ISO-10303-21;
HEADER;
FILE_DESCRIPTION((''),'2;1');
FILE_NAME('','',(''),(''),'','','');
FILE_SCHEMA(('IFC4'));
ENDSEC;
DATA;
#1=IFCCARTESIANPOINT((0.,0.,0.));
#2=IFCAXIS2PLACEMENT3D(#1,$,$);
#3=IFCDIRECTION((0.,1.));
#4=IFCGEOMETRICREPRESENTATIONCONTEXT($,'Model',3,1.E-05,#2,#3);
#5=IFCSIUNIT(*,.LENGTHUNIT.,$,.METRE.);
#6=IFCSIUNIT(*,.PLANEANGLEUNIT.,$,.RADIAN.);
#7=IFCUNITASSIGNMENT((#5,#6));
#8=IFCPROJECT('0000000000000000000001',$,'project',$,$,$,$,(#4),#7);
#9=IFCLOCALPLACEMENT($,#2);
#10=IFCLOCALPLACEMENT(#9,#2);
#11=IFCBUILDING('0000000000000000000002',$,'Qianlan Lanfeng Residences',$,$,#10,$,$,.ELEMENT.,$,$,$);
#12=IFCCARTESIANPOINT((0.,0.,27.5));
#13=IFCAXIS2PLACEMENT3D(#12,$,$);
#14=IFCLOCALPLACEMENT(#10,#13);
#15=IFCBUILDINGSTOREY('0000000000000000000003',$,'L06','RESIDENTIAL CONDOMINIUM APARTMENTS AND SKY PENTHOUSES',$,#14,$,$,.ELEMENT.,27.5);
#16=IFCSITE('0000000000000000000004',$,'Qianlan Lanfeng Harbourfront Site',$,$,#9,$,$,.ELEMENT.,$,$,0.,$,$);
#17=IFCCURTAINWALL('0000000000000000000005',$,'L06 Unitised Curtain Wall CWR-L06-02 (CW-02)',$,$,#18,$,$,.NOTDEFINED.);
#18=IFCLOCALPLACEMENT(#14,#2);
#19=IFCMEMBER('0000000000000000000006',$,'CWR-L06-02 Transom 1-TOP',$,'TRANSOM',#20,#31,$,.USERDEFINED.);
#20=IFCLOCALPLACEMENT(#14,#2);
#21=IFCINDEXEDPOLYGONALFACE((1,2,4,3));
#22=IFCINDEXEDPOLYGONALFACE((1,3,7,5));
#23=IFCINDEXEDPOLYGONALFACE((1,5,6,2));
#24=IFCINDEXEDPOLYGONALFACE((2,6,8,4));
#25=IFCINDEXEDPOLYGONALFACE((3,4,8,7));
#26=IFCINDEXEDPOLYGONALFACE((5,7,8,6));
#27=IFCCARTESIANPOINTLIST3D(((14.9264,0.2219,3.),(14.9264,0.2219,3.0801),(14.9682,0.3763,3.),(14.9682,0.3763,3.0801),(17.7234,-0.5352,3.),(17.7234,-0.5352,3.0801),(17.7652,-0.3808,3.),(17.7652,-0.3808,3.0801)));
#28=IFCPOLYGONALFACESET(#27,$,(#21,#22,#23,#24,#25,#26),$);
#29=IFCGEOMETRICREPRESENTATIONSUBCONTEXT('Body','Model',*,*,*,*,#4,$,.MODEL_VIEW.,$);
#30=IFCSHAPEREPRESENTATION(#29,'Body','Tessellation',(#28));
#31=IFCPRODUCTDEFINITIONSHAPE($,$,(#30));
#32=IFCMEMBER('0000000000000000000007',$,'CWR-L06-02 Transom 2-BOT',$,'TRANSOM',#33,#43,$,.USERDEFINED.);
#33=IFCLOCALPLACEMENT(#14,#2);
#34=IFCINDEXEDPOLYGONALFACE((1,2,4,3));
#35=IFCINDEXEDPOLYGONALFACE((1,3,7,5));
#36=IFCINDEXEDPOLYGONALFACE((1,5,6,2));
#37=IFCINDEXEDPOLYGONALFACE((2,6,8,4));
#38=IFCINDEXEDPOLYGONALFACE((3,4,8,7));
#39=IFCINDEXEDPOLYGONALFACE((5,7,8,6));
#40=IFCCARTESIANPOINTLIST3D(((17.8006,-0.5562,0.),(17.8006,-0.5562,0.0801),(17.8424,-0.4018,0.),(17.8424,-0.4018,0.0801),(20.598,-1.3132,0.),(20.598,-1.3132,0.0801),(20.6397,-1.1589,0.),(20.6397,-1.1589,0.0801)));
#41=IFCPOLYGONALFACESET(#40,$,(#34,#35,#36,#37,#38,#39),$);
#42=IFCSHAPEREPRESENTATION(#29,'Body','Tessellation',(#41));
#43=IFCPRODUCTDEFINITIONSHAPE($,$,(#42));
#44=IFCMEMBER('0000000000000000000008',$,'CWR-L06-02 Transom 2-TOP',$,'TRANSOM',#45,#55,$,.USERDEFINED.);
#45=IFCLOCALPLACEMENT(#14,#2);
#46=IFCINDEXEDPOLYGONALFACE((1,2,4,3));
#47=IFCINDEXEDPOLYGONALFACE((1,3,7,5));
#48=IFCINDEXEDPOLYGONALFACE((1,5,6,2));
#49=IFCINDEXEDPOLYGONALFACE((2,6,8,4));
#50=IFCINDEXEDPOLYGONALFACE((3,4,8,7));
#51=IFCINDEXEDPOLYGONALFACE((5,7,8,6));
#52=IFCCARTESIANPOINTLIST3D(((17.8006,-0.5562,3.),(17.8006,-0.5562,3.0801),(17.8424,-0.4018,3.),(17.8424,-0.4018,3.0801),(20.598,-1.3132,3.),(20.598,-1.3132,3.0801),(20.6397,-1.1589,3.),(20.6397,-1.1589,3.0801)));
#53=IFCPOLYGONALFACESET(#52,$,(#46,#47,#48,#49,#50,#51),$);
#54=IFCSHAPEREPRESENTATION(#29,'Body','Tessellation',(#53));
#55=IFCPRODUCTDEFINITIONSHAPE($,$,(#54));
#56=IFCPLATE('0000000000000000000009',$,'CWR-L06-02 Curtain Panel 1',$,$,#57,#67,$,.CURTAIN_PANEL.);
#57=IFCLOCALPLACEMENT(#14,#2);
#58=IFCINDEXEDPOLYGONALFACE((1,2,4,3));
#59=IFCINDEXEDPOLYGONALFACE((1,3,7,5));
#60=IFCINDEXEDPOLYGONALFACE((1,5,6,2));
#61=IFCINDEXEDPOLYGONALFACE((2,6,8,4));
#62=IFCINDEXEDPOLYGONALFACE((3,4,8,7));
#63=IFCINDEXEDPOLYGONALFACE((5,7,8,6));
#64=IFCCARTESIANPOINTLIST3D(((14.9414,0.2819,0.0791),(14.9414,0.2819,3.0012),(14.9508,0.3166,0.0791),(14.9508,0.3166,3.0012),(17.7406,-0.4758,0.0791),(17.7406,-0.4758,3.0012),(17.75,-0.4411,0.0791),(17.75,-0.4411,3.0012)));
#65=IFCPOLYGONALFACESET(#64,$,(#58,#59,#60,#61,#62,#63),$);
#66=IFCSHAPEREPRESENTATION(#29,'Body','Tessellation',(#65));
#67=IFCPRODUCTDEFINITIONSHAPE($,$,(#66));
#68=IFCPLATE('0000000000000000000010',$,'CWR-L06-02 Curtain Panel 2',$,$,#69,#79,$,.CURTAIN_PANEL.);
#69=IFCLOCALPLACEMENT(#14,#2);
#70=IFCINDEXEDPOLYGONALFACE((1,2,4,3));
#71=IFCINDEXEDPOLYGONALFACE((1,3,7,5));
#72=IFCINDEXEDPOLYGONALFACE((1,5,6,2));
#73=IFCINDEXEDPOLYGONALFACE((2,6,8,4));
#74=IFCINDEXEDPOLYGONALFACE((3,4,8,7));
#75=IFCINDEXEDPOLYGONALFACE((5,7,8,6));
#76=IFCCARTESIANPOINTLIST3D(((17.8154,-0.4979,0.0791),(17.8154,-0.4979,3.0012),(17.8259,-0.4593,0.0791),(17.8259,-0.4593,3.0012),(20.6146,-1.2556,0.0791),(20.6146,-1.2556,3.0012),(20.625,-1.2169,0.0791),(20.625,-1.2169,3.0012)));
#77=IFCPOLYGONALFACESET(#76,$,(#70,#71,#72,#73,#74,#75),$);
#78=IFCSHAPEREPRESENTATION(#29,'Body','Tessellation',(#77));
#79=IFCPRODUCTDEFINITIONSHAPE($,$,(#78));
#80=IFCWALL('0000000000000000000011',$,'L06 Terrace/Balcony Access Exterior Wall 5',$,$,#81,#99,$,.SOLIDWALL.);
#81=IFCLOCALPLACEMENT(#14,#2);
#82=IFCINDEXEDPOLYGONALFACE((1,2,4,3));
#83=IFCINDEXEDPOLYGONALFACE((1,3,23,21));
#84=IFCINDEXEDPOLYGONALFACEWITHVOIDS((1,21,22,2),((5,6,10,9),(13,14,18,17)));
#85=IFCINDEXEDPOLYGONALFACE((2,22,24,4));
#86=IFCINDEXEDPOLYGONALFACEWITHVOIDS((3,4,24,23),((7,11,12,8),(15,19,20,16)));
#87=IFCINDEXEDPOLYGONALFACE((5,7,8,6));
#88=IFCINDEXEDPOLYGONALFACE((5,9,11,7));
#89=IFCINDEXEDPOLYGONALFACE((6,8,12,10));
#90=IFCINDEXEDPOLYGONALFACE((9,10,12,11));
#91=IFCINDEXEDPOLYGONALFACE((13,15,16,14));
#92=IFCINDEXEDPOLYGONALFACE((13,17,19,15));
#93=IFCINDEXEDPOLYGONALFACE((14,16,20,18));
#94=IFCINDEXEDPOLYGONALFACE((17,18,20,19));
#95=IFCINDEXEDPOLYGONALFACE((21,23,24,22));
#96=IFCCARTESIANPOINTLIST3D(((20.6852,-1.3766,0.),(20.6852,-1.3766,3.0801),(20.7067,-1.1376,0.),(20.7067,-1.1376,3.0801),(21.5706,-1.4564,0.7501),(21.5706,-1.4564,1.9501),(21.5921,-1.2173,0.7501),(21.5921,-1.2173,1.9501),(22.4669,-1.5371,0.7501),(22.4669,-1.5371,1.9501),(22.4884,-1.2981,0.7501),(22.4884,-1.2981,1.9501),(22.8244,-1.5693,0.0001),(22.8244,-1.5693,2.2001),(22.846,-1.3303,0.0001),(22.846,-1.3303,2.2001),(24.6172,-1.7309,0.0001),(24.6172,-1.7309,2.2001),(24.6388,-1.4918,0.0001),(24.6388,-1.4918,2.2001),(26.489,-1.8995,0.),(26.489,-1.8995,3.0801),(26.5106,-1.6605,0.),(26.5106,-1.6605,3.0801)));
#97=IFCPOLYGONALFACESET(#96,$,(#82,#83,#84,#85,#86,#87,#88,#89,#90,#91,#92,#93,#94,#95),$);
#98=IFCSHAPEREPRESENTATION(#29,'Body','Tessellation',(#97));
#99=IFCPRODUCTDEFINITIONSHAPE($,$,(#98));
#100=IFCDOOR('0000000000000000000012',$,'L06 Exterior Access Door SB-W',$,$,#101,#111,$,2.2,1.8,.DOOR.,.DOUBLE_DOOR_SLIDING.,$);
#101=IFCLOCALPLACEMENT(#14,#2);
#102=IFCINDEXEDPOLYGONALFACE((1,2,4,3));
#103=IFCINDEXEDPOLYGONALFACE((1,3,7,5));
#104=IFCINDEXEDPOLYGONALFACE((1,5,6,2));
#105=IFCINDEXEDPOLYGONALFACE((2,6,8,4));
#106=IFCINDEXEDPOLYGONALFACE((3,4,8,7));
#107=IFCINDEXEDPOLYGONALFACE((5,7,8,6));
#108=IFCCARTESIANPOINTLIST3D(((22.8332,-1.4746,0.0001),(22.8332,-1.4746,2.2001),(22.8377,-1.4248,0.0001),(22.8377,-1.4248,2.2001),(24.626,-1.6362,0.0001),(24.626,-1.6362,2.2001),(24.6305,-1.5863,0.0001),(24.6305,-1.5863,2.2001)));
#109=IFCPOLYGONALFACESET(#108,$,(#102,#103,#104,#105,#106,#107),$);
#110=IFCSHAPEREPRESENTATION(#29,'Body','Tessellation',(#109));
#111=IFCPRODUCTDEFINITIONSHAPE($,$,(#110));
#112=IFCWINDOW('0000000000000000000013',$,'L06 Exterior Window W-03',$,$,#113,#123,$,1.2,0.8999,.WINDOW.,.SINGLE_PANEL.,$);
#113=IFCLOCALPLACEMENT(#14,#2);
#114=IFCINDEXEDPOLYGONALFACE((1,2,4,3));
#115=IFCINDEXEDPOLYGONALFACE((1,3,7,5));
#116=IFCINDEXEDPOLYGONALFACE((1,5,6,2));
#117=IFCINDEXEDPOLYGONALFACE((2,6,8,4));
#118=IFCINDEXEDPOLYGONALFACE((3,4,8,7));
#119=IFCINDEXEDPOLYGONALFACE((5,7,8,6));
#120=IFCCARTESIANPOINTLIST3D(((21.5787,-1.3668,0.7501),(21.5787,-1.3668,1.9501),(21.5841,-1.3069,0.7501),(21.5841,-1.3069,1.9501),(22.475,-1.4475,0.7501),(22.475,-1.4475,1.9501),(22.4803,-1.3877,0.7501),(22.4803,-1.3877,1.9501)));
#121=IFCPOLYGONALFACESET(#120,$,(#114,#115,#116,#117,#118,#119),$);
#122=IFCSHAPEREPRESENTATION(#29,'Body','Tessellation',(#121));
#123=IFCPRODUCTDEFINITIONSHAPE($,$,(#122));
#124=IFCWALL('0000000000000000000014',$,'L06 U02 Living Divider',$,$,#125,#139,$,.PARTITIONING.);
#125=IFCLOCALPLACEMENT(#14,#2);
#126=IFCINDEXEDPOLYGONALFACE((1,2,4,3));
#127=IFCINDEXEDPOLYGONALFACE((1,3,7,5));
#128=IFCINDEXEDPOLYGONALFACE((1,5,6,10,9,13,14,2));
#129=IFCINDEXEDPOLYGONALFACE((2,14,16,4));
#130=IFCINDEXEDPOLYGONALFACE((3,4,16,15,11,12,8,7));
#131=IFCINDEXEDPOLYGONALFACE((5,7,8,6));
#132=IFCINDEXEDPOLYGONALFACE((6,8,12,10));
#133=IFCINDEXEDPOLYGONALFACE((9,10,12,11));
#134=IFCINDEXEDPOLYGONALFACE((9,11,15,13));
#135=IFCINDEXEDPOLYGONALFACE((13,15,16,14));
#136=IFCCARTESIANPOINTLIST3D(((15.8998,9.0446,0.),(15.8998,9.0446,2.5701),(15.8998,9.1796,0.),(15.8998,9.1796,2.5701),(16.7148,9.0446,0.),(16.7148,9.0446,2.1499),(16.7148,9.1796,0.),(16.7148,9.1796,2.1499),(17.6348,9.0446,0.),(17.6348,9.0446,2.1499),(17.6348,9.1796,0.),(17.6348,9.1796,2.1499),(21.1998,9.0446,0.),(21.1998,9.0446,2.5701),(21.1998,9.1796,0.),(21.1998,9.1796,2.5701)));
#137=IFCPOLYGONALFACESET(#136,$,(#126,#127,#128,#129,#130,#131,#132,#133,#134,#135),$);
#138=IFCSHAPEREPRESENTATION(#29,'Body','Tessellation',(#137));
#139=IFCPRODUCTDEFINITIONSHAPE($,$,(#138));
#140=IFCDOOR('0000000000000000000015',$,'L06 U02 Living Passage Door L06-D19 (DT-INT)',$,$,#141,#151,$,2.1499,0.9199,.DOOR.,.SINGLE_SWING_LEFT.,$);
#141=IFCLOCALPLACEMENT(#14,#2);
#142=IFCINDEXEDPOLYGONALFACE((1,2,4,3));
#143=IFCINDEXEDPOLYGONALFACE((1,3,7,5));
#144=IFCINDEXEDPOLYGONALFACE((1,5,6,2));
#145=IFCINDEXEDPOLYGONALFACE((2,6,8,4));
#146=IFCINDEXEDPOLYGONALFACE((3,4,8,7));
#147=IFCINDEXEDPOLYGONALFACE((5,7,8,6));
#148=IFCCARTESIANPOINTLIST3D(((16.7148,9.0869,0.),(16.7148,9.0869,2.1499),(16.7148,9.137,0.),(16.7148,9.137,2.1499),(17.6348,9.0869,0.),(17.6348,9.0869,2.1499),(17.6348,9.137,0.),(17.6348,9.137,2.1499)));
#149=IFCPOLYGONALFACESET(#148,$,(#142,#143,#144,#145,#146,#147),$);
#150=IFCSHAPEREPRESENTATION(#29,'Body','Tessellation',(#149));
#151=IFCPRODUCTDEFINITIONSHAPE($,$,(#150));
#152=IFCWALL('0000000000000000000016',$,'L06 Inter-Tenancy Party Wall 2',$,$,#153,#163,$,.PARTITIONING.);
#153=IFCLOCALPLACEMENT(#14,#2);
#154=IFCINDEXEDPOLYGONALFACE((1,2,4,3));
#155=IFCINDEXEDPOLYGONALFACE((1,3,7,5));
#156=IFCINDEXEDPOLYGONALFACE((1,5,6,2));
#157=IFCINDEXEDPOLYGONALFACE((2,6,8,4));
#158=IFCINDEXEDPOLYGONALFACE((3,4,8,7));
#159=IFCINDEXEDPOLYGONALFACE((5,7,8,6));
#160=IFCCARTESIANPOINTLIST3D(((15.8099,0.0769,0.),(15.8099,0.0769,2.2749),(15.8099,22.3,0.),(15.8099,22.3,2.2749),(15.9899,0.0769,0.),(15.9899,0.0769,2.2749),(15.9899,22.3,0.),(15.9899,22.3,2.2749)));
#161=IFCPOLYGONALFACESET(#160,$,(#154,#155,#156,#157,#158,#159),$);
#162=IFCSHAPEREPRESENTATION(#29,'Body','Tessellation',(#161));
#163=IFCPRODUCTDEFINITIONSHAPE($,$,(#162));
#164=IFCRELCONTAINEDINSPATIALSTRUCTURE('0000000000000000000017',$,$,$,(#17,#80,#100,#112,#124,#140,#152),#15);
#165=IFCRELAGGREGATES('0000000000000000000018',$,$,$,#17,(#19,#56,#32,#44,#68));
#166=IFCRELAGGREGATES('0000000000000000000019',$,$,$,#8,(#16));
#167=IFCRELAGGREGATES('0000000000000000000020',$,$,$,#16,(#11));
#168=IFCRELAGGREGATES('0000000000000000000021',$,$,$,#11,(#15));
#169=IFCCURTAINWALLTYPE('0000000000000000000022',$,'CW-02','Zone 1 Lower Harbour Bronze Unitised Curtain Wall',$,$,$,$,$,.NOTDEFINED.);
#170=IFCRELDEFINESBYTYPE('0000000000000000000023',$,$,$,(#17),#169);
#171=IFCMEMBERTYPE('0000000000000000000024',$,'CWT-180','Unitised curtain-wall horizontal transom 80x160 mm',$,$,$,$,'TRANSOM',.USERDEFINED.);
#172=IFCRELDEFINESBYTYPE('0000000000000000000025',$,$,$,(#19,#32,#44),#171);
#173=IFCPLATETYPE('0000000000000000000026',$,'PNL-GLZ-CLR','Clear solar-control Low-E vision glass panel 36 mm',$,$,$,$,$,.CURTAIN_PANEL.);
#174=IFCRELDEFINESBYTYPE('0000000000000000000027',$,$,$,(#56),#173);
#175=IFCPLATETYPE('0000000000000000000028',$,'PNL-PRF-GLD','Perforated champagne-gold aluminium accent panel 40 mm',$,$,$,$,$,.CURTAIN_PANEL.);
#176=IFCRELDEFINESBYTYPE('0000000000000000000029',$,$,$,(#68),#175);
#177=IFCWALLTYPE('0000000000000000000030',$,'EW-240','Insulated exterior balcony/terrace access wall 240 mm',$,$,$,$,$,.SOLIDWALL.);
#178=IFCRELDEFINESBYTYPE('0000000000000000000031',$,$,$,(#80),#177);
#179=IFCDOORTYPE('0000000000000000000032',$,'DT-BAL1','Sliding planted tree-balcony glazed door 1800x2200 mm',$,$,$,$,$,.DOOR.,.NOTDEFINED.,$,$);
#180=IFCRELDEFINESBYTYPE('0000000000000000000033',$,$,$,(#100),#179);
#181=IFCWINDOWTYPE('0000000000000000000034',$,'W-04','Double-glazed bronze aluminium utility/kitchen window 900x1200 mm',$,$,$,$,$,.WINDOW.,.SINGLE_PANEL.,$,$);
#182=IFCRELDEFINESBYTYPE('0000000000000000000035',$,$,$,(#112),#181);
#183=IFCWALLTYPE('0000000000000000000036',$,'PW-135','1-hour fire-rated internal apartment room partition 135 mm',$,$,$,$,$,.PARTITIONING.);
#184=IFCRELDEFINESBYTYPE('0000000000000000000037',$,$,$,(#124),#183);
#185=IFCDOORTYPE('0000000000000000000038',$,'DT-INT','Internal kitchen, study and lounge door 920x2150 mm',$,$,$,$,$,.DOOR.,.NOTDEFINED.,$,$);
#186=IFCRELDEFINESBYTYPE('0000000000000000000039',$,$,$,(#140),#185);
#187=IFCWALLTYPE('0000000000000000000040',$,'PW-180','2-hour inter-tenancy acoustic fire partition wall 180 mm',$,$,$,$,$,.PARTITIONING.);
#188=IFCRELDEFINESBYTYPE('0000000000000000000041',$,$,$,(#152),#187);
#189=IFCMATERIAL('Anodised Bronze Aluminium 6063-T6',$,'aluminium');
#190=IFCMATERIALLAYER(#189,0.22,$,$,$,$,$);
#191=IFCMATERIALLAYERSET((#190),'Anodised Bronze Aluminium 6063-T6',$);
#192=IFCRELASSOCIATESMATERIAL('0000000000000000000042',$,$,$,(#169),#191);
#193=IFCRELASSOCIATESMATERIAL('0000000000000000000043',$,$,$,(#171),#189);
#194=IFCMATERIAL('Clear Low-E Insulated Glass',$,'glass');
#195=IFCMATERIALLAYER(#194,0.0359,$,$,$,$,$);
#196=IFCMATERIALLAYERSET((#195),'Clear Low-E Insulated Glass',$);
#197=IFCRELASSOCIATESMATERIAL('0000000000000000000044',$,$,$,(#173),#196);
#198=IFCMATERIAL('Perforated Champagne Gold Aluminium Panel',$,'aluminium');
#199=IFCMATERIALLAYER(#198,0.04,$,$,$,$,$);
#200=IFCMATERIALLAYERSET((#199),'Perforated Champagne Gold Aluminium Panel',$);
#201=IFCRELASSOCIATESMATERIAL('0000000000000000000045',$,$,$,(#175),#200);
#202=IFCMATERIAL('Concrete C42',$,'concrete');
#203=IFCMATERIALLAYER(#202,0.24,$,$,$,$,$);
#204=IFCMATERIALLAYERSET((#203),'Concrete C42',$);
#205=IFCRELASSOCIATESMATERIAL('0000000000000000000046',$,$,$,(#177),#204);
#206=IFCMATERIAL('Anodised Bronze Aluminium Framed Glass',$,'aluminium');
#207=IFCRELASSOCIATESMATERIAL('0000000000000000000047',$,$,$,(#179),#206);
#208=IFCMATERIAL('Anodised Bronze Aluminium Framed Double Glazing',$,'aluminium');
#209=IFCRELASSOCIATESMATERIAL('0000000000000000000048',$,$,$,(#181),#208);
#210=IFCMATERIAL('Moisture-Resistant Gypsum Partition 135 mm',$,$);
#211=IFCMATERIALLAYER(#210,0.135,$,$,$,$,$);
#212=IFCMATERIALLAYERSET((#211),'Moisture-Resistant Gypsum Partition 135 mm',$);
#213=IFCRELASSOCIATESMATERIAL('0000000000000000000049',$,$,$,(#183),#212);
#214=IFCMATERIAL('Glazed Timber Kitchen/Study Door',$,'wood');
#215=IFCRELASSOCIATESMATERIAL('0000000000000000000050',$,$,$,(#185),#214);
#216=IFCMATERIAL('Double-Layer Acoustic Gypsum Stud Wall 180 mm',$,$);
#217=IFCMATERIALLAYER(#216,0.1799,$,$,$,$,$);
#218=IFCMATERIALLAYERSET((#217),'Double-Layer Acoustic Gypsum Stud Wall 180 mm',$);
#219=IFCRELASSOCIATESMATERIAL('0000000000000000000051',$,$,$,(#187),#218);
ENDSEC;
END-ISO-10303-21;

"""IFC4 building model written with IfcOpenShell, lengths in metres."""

from ifc_helpers import new_model, si_unit, direction, frame, frame_2d, origin, origin_2d, place, context, subcontext, project, spatial, rectangle, extrude, source, transform, mapped, material, layer, layer_set, material_profile, profile_set, type_object, element, fill, aggregate, save


model = new_model("IFC4")

# Units and contexts
model_context = context("Model", 3, precision=1e-05, world=origin(), true_north=direction((0.0, 1.0)))
body_context = subcontext(model_context, "Body", "Model", "MODEL_VIEW")
ifc_project = project(units=[si_unit("LENGTHUNIT", "METRE"), si_unit("PLANEANGLEUNIT", "RADIAN")], contexts=[model_context])

# Site, building, storey
site_placement = place(None, origin())
site = spatial("IfcSite", under=ifc_project, at=site_placement, Name="Qianlan Lanfeng Harbourfront Site", CompositionType="ELEMENT", RefElevation=0.0)
building_placement = place(site_placement, origin())
building = spatial("IfcBuilding", under=site, at=building_placement, Name="Qianlan Lanfeng Residences", CompositionType="ELEMENT")
storey_placement = place(building_placement, frame((0.0, 0.0, 27.5)))
storey = spatial("IfcBuildingStorey", under=building, at=storey_placement, Name="L06", Description="RESIDENTIAL CONDOMINIUM APARTMENTS AND SKY PENTHOUSES", CompositionType="ELEMENT", Elevation=27.5)

# Curtain wall, members, plates
ifc_material_1 = material(Name="Anodised Bronze Aluminium 6063-T6", Category="aluminium")
ifc_layer_1 = layer(ifc_material_1, 0.22)
ifc_layer_set_1 = layer_set([ifc_layer_1], Name="Anodised Bronze Aluminium 6063-T6")
curtain_wall_type = type_object("IfcCurtainWallType", Name="CW-02", Description="Zone 1 Lower Harbour Bronze Unitised Curtain Wall", PredefinedType="NOTDEFINED", material=ifc_layer_set_1)
curtain_wall_placement = place(storey_placement, origin())
curtain_wall = element("IfcCurtainWall", 1, at=curtain_wall_placement, inside=storey, type_object=curtain_wall_type, Name="L06 Unitised Curtain Wall CWR-L06-02 (CW-02)", PredefinedType="NOTDEFINED")
ifc_material_profile_1 = material_profile(ifc_material_1, rectangle(XDim=0.0801, YDim=0.1599, at=origin_2d()), Name="ALU TRANSOM 80x160")
ifc_profile_set_1 = profile_set([ifc_material_profile_1], Name="Anodised Bronze Aluminium 6063-T6")
member_type_1 = type_object("IfcMemberType", Name="CWT-180", Description="Unitised curtain-wall horizontal transom 80x160 mm", ElementType="TRANSOM", PredefinedType="USERDEFINED", material=ifc_profile_set_1)
shared_shape_1 = source(origin(), body_context, "Body", "SweptSolid", [
    extrude(rectangle(XDim=0.0801, YDim=0.1599, at=origin_2d()), origin(), (0.0, 0.0, 1.0), 2.8977),
])
member_1_placement = place(storey_placement, frame((14.9473, 0.2991, 3.04), z_axis=(0.965268, -0.261263, 0.0), x_axis=(0.0, 0.0, 1.0)))
member_1 = element("IfcMember", 2, at=member_1_placement, type_object=member_type_1, Name="CWR-L06-02 Transom 1-TOP", ObjectType="TRANSOM", PredefinedType="USERDEFINED", context=body_context, shape_type="MappedRepresentation", body=[
    mapped(shared_shape_1, transform((0.0, 0.0, 0.0), scale=1.0)),
])
shared_shape_2 = source(origin(), body_context, "Body", "SweptSolid", [
    extrude(rectangle(XDim=0.0801, YDim=0.1599, at=origin_2d()), origin(), (0.0, 0.0, 1.0), 2.8979),
])
member_2_placement = place(storey_placement, frame((17.8215, -0.479, 0.04), z_axis=(0.965273, -0.261242, 0.0), x_axis=(0.0, 0.0, 1.0)))
member_2 = element("IfcMember", 3, at=member_2_placement, type_object=member_type_1, Name="CWR-L06-02 Transom 2-BOT", ObjectType="TRANSOM", PredefinedType="USERDEFINED", context=body_context, shape_type="MappedRepresentation", body=[
    mapped(shared_shape_2, transform((0.0, 0.0, 0.0), scale=1.0)),
])
member_3_placement = place(storey_placement, frame((17.8215, -0.479, 3.04), z_axis=(0.965273, -0.261242, 0.0), x_axis=(0.0, 0.0, 1.0)))
member_3 = element("IfcMember", 4, at=member_3_placement, type_object=member_type_1, Name="CWR-L06-02 Transom 2-TOP", ObjectType="TRANSOM", PredefinedType="USERDEFINED", context=body_context, shape_type="MappedRepresentation", body=[
    mapped(shared_shape_2, transform((0.0, 0.0, 0.0), scale=1.0)),
])
ifc_material_2 = material(Name="Clear Low-E Insulated Glass", Category="glass")
ifc_layer_2 = layer(ifc_material_2, 0.0359)
ifc_layer_set_2 = layer_set([ifc_layer_2], Name="Clear Low-E Insulated Glass")
plate_type_1 = type_object("IfcPlateType", Name="PNL-GLZ-CLR", Description="Clear solar-control Low-E vision glass panel 36 mm", PredefinedType="CURTAIN_PANEL", material=ifc_layer_set_2)
shared_shape_3 = source(origin(), body_context, "Body", "SweptSolid", [
    extrude(rectangle(XDim=2.8999, YDim=0.0359, at=origin_2d()), origin(), (0.0, 0.0, 1.0), 2.9221),
])
plate_1_placement = place(storey_placement, frame((16.3457, -0.0796, 0.0791), z_axis=(0.0, 0.0, 1.0), x_axis=(0.965263, -0.261281, 0.0)))
plate_1 = element("IfcPlate", 5, at=plate_1_placement, type_object=plate_type_1, Name="CWR-L06-02 Curtain Panel 1", PredefinedType="CURTAIN_PANEL", context=body_context, shape_type="MappedRepresentation", body=[
    mapped(shared_shape_3, transform((0.0, 0.0, 0.0), scale=1.0)),
])
ifc_material_3 = material(Name="Perforated Champagne Gold Aluminium Panel", Category="aluminium")
ifc_layer_3 = layer(ifc_material_3, 0.04)
ifc_layer_set_3 = layer_set([ifc_layer_3], Name="Perforated Champagne Gold Aluminium Panel")
plate_type_2 = type_object("IfcPlateType", Name="PNL-PRF-GLD", Description="Perforated champagne-gold aluminium accent panel 40 mm", PredefinedType="CURTAIN_PANEL", material=ifc_layer_set_3)
shared_shape_4 = source(origin(), body_context, "Body", "SweptSolid", [
    extrude(rectangle(XDim=2.8999, YDim=0.04, at=origin_2d()), origin(), (0.0, 0.0, 1.0), 2.9221),
])
plate_2_placement = place(storey_placement, frame((19.2202, -0.8574, 0.0791), z_axis=(0.0, 0.0, 1.0), x_axis=(0.965263, -0.261281, 0.0)))
plate_2 = element("IfcPlate", 6, at=plate_2_placement, type_object=plate_type_2, Name="CWR-L06-02 Curtain Panel 2", PredefinedType="CURTAIN_PANEL", context=body_context, shape_type="MappedRepresentation", body=[
    mapped(shared_shape_4, transform((0.0, 0.0, 0.0), scale=1.0)),
])
aggregate(curtain_wall, [member_1, plate_1, member_2, member_3, plate_2])

# Wall, openings, door, window
ifc_material_4 = material(Name="Concrete C42", Category="concrete")
ifc_layer_4 = layer(ifc_material_4, 0.24)
ifc_layer_set_4 = layer_set([ifc_layer_4], Name="Concrete C42")
wall_type_1 = type_object("IfcWallType", Name="EW-240", Description="Insulated exterior balcony/terrace access wall 240 mm", PredefinedType="SOLIDWALL", material=ifc_layer_set_4)
wall_1_placement = place(storey_placement, frame((20.696, -1.2571, 0.0), z_axis=(0.0, 0.0, 1.0), x_axis=(0.995965, -0.089739, 0.0)))
wall_1 = element("IfcWall", 7, at=wall_1_placement, inside=storey, type_object=wall_type_1, Name="L06 Terrace/Balcony Access Exterior Wall 5", PredefinedType="SOLIDWALL", context=body_context, shape_type="SweptSolid", body=[
    extrude(rectangle(XDim=5.8274, YDim=0.24, at=frame_2d((2.9136, 0.0))), origin(), (0.0, 0.0, 1.0), 3.0801),
])
opening_1_placement = place(wall_1_placement, frame((2.1479, 0.0, 0.0)))
opening_1 = element("IfcOpeningElement", 8, at=opening_1_placement, cuts=wall_1, PredefinedType="OPENING", context=body_context, shape_type="SweptSolid", body=[
    extrude(rectangle(XDim=1.8, YDim=2.2, at=frame_2d((0.8999, 1.1001))), frame((0.0, 0.1299, 0.0), z_axis=(0.0, -1.0, 0.0), x_axis=(1.0, 0.0, 0.0)), (0.0, 0.0, 1.0), 0.26),
])
opening_2_placement = place(wall_1_placement, frame((0.8889, 0.0, 0.75)))
opening_2 = element("IfcOpeningElement", 9, at=opening_2_placement, cuts=wall_1, PredefinedType="OPENING", context=body_context, shape_type="SweptSolid", body=[
    extrude(rectangle(XDim=0.8999, YDim=1.2, at=frame_2d((0.45, 0.6001))), frame((0.0, 0.1299, 0.0), z_axis=(0.0, -1.0, 0.0), x_axis=(1.0, 0.0, 0.0)), (0.0, 0.0, 1.0), 0.26),
])
ifc_material_5 = material(Name="Anodised Bronze Aluminium Framed Glass", Category="aluminium")
door_type_1 = type_object("IfcDoorType", Name="DT-BAL1", Description="Sliding planted tree-balcony glazed door 1800x2200 mm", OperationType="NOTDEFINED", PredefinedType="DOOR", material=ifc_material_5)
door_1_placement = place(opening_1_placement, frame((1.8, 0.0, 0.0), z_axis=(0.0, 0.0, 1.0), x_axis=(-1.0, 0.0, 0.0)))
door_1 = element("IfcDoor", 10, at=door_1_placement, inside=storey, type_object=door_type_1, Name="L06 Exterior Access Door SB-W", OperationType="DOUBLE_DOOR_SLIDING", OverallHeight=2.2, OverallWidth=1.8, PredefinedType="DOOR", context=body_context, shape_type="SweptSolid", body=[
    extrude(rectangle(XDim=1.8, YDim=2.2, at=frame_2d((0.8999, 1.1001))), frame((0.0, 0.0249, 0.0), z_axis=(0.0, -1.0, 0.0), x_axis=(1.0, 0.0, 0.0)), (0.0, 0.0, 1.0), 0.05),
])
fill(opening_1, door_1)
ifc_material_6 = material(Name="Anodised Bronze Aluminium Framed Double Glazing", Category="aluminium")
window_type = type_object("IfcWindowType", Name="W-04", Description="Double-glazed bronze aluminium utility/kitchen window 900x1200 mm", PartitioningType="SINGLE_PANEL", PredefinedType="WINDOW", material=ifc_material_6)
window_placement = place(opening_2_placement, origin())
window = element("IfcWindow", 11, at=window_placement, inside=storey, type_object=window_type, Name="L06 Exterior Window W-03", OverallHeight=1.2, OverallWidth=0.8999, PartitioningType="SINGLE_PANEL", PredefinedType="WINDOW", context=body_context, shape_type="SweptSolid", body=[
    extrude(rectangle(XDim=0.8999, YDim=1.2, at=frame_2d((0.45, 0.6001))), frame((0.0, 0.03, 0.0), z_axis=(0.0, -1.0, 0.0), x_axis=(1.0, 0.0, 0.0)), (0.0, 0.0, 1.0), 0.0601),
])
fill(opening_2, window)

# Wall, opening, door
ifc_material_7 = material(Name="Moisture-Resistant Gypsum Partition 135 mm")
ifc_layer_5 = layer(ifc_material_7, 0.135)
ifc_layer_set_5 = layer_set([ifc_layer_5], Name="Moisture-Resistant Gypsum Partition 135 mm")
wall_type_2 = type_object("IfcWallType", Name="PW-135", Description="1-hour fire-rated internal apartment room partition 135 mm", PredefinedType="PARTITIONING", material=ifc_layer_set_5)
wall_2_placement = place(storey_placement, frame((15.8999, 9.1121, 0.0), z_axis=(0.0, 0.0, 1.0), x_axis=(1.0, 0.0, 0.0)))
wall_2 = element("IfcWall", 12, at=wall_2_placement, inside=storey, type_object=wall_type_2, Name="L06 U02 Living Divider", PredefinedType="PARTITIONING", context=body_context, shape_type="SweptSolid", body=[
    extrude(rectangle(XDim=5.3, YDim=0.135, at=frame_2d((2.6499, 0.0))), origin(), (0.0, 0.0, 1.0), 2.5701),
])
opening_3_placement = place(wall_2_placement, frame((0.8149, 0.0, 0.0)))
opening_3 = element("IfcOpeningElement", 13, at=opening_3_placement, cuts=wall_2, PredefinedType="OPENING", context=body_context, shape_type="SweptSolid", body=[
    extrude(rectangle(XDim=0.9199, YDim=2.1499, at=frame_2d((0.46, 1.075))), frame((0.0, 0.0776, 0.0), z_axis=(0.0, -1.0, 0.0), x_axis=(1.0, 0.0, 0.0)), (0.0, 0.0, 1.0), 0.155),
])
ifc_material_8 = material(Name="Glazed Timber Kitchen/Study Door", Category="wood")
door_type_2 = type_object("IfcDoorType", Name="DT-INT", Description="Internal kitchen, study and lounge door 920x2150 mm", OperationType="NOTDEFINED", PredefinedType="DOOR", material=ifc_material_8)
door_2_placement = place(opening_3_placement, origin())
door_2 = element("IfcDoor", 14, at=door_2_placement, inside=storey, type_object=door_type_2, Name="L06 U02 Living Passage Door L06-D19 (DT-INT)", OperationType="SINGLE_SWING_LEFT", OverallHeight=2.1499, OverallWidth=0.9199, PredefinedType="DOOR", context=body_context, shape_type="SweptSolid", body=[
    extrude(rectangle(XDim=0.9199, YDim=2.1499, at=frame_2d((0.46, 1.075))), frame((0.0, 0.0249, 0.0), z_axis=(0.0, -1.0, 0.0), x_axis=(1.0, 0.0, 0.0)), (0.0, 0.0, 1.0), 0.05),
])
fill(opening_3, door_2)

# Wall
ifc_material_9 = material(Name="Double-Layer Acoustic Gypsum Stud Wall 180 mm")
ifc_layer_6 = layer(ifc_material_9, 0.1799)
ifc_layer_set_6 = layer_set([ifc_layer_6], Name="Double-Layer Acoustic Gypsum Stud Wall 180 mm")
wall_type_3 = type_object("IfcWallType", Name="PW-180", Description="2-hour inter-tenancy acoustic fire partition wall 180 mm", PredefinedType="PARTITIONING", material=ifc_layer_set_6)
wall_3_placement = place(storey_placement, frame((15.8999, 0.0769, 0.0), z_axis=(0.0, 0.0, 1.0), x_axis=(0.0, 1.0, 0.0)))
element("IfcWall", 15, at=wall_3_placement, inside=storey, type_object=wall_type_3, Name="L06 Inter-Tenancy Party Wall 2", PredefinedType="PARTITIONING", context=body_context, shape_type="SweptSolid", body=[
    extrude(rectangle(XDim=22.2231, YDim=0.1799, at=frame_2d((11.1116, 0.0))), origin(), (0.0, 0.0, 1.0), 2.2749),
])

save(model, "model.ifc")
